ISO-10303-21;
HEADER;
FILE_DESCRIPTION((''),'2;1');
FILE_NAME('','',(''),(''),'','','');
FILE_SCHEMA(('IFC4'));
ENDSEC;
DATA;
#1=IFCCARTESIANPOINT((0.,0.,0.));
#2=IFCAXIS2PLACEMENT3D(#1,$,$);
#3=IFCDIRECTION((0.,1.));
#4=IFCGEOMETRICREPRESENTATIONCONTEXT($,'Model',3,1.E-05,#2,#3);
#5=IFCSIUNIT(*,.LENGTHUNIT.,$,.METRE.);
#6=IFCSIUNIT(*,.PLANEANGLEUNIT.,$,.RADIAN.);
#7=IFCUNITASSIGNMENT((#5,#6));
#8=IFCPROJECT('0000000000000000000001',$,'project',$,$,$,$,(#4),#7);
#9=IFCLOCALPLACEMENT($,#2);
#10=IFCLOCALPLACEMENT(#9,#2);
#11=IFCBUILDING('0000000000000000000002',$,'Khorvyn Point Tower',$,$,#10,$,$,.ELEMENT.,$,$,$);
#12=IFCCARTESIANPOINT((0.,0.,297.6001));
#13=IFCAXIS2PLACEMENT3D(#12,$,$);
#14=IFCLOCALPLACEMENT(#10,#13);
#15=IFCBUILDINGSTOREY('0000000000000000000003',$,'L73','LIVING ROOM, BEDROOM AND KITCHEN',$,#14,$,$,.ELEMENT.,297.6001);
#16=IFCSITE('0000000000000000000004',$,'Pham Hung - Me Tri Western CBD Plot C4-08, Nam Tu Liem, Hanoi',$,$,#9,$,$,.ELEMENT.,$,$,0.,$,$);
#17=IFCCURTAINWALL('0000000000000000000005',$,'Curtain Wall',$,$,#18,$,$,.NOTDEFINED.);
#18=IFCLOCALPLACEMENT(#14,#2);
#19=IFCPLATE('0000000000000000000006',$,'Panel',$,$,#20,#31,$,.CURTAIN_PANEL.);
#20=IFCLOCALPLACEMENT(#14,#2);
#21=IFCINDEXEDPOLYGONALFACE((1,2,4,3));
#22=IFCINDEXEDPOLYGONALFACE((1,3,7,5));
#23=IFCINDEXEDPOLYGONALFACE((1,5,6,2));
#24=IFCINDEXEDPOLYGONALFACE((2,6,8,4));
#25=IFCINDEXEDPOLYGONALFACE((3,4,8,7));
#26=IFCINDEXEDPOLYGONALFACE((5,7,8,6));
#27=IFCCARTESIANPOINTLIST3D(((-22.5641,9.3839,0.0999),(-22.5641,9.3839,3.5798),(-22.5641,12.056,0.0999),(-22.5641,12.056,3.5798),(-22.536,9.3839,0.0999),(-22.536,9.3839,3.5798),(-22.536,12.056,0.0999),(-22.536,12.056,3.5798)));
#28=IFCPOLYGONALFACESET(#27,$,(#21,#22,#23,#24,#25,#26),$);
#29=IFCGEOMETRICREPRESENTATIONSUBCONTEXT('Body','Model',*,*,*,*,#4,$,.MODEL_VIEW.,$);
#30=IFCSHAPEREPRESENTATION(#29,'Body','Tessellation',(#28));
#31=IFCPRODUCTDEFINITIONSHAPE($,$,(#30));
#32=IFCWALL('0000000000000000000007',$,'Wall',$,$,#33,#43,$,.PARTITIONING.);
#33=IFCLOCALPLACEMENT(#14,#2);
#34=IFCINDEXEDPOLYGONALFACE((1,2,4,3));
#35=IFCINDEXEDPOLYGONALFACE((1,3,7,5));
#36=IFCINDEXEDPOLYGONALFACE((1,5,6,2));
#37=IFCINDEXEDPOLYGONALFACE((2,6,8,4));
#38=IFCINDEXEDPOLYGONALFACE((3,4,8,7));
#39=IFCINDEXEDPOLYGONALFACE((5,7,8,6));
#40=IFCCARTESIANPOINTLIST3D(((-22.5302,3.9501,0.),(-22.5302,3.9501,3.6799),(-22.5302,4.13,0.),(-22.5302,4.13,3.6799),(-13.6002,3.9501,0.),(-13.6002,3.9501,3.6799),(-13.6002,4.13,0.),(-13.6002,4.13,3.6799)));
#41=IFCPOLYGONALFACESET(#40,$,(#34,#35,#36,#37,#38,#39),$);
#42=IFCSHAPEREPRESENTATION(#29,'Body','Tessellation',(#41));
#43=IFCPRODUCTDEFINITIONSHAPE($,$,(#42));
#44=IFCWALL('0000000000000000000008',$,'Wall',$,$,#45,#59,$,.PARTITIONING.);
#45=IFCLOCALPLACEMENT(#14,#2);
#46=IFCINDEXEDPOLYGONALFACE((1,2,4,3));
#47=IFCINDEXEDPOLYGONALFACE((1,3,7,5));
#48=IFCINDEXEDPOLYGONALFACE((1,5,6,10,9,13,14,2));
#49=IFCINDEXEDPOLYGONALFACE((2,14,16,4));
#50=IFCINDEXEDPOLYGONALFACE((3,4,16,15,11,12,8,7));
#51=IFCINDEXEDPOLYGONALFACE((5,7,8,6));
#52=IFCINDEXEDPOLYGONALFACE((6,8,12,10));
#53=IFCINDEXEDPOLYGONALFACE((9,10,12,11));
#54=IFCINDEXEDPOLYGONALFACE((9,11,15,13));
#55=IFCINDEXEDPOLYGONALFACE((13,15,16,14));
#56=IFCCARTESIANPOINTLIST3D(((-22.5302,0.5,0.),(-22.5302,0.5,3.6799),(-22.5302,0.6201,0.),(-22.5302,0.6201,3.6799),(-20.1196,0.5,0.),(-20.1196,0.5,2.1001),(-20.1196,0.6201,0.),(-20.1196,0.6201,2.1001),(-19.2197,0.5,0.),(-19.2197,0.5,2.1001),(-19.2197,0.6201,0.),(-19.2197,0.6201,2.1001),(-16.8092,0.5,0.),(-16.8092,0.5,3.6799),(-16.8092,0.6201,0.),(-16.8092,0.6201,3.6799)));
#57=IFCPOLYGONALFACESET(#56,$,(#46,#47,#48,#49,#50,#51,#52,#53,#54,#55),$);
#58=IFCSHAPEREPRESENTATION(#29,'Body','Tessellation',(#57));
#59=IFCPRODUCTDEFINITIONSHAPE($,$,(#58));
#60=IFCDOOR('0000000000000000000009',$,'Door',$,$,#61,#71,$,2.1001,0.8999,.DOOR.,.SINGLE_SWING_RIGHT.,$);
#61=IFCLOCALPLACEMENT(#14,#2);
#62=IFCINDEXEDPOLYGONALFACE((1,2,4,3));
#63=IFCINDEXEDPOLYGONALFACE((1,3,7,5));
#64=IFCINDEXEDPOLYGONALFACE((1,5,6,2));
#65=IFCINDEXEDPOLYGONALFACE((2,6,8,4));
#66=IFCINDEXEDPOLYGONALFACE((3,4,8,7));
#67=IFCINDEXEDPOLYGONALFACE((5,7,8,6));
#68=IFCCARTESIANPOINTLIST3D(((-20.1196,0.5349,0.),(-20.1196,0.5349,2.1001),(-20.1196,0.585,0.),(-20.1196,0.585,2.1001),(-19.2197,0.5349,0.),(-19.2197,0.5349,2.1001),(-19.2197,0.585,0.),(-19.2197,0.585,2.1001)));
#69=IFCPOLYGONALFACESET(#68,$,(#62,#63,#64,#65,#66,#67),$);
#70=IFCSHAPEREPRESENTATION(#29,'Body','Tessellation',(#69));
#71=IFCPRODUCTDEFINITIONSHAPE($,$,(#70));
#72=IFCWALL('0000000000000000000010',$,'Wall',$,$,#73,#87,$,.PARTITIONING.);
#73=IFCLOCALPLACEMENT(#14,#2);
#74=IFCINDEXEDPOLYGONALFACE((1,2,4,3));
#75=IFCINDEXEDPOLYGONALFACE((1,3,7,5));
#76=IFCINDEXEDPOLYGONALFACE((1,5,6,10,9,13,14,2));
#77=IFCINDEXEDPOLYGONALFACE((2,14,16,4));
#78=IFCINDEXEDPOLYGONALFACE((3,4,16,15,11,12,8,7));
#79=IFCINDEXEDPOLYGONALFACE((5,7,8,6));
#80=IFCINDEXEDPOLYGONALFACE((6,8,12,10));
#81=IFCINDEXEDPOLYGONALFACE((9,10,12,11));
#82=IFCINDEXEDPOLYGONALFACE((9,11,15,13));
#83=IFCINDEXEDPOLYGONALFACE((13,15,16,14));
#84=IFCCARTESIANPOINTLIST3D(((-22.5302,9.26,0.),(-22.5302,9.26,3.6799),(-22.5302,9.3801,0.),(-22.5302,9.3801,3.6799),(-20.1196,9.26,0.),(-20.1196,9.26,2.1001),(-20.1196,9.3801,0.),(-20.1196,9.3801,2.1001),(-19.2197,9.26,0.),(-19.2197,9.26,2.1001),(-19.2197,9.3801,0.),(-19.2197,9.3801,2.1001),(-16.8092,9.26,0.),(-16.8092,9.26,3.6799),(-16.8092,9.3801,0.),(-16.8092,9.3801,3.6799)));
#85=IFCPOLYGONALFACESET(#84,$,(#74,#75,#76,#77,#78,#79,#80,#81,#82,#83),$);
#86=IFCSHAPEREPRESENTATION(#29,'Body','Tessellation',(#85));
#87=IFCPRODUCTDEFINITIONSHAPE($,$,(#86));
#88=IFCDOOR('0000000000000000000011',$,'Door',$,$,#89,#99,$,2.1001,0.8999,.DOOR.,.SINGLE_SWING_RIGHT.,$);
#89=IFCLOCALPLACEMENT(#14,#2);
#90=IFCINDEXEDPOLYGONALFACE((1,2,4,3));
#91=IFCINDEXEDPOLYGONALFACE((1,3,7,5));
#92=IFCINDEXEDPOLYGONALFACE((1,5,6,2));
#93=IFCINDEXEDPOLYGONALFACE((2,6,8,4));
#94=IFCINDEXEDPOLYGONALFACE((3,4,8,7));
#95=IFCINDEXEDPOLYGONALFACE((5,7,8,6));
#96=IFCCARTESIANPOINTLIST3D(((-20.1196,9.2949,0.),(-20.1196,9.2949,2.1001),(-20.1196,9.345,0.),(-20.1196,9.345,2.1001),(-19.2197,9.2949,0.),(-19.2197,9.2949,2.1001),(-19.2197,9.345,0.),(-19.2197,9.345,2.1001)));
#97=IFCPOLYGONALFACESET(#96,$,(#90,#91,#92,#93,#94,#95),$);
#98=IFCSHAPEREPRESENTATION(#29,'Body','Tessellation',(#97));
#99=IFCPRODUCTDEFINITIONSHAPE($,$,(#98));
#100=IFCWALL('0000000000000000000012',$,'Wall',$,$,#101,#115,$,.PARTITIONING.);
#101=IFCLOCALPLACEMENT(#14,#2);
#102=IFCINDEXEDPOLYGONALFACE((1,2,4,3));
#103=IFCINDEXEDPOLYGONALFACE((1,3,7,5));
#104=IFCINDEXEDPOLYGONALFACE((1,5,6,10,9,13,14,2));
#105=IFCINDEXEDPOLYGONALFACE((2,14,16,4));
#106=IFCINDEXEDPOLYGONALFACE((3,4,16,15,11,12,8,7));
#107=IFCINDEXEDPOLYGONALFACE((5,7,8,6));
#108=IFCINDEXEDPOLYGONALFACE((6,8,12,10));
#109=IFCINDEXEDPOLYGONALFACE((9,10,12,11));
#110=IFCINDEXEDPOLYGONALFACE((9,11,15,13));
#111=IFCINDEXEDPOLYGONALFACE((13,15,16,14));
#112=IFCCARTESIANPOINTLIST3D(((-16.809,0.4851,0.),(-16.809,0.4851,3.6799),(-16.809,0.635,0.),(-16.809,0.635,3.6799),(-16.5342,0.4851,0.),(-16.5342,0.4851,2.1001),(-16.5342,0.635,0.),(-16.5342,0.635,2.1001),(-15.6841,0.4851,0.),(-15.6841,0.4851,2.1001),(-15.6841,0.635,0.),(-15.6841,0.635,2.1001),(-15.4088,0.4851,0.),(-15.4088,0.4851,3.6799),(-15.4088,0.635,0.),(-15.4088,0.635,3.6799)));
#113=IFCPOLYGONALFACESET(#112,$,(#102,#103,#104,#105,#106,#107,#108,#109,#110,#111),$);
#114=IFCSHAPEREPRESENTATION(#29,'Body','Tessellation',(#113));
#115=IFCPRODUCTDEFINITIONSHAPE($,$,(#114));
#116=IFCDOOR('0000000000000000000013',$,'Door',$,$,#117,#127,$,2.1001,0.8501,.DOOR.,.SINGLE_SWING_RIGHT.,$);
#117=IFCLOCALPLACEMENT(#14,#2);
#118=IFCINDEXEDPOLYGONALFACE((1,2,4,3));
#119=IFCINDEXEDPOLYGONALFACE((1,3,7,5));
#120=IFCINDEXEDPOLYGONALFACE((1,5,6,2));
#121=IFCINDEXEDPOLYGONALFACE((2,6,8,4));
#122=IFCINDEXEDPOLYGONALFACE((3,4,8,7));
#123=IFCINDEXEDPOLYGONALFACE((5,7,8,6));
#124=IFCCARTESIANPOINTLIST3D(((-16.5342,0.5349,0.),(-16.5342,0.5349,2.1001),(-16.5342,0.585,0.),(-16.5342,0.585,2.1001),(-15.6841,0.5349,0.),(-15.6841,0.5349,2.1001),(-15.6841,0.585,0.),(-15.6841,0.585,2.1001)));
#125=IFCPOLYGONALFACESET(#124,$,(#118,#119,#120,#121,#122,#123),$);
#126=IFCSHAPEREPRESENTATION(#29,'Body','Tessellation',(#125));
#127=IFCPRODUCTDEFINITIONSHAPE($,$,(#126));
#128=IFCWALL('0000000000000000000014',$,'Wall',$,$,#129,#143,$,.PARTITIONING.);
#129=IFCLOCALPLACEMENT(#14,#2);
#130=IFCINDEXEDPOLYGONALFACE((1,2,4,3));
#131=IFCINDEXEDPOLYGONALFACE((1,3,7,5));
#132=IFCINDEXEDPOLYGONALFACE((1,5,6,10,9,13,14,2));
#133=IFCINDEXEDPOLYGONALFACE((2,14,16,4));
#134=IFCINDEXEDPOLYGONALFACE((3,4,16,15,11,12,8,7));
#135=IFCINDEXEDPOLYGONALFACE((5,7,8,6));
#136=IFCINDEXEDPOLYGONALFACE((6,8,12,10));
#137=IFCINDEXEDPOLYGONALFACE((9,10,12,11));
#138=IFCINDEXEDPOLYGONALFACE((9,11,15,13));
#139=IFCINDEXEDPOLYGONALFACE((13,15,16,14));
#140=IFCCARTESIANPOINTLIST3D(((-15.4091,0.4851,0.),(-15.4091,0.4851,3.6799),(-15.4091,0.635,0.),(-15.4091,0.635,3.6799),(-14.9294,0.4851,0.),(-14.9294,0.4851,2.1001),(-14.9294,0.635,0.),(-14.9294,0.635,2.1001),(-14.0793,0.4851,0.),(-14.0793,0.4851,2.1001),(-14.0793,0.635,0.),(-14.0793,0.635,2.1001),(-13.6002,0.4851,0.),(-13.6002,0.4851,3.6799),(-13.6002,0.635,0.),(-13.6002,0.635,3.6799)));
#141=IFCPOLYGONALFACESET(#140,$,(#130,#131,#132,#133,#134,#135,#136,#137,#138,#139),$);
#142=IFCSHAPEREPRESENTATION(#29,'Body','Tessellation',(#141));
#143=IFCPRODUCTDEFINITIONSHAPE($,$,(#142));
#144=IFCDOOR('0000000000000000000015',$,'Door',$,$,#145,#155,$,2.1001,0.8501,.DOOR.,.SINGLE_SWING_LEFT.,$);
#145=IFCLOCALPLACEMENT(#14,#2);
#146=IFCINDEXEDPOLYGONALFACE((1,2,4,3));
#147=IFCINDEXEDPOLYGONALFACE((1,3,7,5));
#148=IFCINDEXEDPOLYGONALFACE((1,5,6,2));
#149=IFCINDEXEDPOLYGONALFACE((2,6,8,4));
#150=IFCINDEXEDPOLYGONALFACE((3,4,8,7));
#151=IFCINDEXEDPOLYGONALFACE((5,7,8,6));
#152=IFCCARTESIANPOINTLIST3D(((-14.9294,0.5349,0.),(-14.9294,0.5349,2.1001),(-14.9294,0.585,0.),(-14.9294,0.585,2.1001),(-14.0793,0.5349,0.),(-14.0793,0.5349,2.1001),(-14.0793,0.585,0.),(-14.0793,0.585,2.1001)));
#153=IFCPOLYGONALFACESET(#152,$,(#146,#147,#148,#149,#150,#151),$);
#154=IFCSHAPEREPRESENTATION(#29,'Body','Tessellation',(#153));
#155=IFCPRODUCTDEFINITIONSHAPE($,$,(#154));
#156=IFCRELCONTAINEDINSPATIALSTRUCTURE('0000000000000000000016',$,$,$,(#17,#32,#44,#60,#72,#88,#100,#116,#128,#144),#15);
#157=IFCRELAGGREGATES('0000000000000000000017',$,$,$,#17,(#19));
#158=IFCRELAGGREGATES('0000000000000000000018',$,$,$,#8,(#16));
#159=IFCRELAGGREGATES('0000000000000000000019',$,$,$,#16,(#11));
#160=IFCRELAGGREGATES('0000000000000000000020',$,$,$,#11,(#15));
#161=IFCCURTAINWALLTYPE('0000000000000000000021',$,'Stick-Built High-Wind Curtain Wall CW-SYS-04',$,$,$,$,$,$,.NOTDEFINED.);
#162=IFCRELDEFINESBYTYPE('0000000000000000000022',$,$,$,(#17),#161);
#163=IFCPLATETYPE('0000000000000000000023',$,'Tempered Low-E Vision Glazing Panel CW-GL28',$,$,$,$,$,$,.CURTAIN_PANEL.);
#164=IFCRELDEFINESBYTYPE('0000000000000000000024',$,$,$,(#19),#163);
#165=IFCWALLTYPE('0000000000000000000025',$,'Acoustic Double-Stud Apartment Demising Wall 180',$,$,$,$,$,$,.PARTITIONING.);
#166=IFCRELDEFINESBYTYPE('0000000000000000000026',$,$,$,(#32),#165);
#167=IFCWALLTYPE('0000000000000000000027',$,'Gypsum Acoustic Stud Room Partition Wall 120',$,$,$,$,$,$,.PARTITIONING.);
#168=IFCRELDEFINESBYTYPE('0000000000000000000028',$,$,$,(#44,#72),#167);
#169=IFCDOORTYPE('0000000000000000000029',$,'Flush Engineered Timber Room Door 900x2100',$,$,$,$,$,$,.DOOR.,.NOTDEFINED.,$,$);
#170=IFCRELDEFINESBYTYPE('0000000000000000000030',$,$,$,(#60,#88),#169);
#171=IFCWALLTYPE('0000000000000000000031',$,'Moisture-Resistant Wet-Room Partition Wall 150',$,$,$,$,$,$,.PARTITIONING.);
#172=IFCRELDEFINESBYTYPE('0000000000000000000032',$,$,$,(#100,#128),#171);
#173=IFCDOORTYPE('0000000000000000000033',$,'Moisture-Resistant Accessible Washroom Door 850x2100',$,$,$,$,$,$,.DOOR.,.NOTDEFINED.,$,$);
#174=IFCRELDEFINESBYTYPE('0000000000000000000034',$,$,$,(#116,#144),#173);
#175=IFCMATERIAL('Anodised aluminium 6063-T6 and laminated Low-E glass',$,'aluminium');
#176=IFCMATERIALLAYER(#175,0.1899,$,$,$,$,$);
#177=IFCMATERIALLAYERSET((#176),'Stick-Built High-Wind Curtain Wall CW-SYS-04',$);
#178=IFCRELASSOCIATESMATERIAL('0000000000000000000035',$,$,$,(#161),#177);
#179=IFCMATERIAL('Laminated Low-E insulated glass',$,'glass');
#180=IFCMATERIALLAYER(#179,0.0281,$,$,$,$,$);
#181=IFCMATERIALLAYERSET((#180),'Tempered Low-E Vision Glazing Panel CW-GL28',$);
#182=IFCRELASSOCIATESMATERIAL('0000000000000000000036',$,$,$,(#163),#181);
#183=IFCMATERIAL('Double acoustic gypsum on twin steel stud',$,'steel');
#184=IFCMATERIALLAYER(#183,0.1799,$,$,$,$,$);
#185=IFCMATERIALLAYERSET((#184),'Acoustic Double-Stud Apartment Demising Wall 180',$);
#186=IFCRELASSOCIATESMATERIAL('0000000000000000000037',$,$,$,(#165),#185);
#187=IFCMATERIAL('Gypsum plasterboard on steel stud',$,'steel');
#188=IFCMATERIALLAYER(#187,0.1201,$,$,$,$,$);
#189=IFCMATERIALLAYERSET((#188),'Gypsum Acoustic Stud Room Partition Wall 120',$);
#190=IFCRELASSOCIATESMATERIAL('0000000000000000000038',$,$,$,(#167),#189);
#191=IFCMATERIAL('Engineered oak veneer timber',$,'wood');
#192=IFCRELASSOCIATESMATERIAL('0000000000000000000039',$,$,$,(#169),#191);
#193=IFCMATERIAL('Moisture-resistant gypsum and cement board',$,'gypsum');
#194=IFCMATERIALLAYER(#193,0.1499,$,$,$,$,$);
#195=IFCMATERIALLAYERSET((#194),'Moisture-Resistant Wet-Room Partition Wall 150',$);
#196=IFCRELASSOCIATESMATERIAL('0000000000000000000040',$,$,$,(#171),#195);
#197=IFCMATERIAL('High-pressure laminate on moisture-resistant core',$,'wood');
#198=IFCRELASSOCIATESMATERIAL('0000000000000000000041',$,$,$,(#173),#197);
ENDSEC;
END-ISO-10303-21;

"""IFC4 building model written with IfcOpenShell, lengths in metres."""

from ifc_helpers import new_model, si_unit, direction, frame, frame_2d, origin, origin_2d, place, context, subcontext, project, spatial, rectangle, extrude, material, layer, layer_set, type_object, element, fill, aggregate, save


model = new_model("IFC4")

# Units and contexts
model_context = context("Model", 3, precision=1e-05, world=origin(), true_north=direction((0.0, 1.0)))
body_context = subcontext(model_context, "Body", "Model", "MODEL_VIEW")
ifc_project = project(units=[si_unit("LENGTHUNIT", "METRE"), si_unit("PLANEANGLEUNIT", "RADIAN")], contexts=[model_context])

# Site, building, storey
site_placement = place(None, origin())
site = spatial("IfcSite", under=ifc_project, at=site_placement, Name="Pham Hung - Me Tri Western CBD Plot C4-08, Nam Tu Liem, Hanoi", CompositionType="ELEMENT", RefElevation=0.0)
building_placement = place(site_placement, origin())
building = spatial("IfcBuilding", under=site, at=building_placement, Name="Khorvyn Point Tower", CompositionType="ELEMENT")
storey_placement = place(building_placement, frame((0.0, 0.0, 297.6001)))
storey = spatial("IfcBuildingStorey", under=building, at=storey_placement, Name="L73", Description="LIVING ROOM, BEDROOM AND KITCHEN", CompositionType="ELEMENT", Elevation=297.6001)

# Curtain wall
ifc_material_1 = material(Name="Anodised aluminium 6063-T6 and laminated Low-E glass", Category="aluminium")
ifc_layer_1 = layer(ifc_material_1, 0.1899)
ifc_layer_set_1 = layer_set([ifc_layer_1], Name="Stick-Built High-Wind Curtain Wall CW-SYS-04")
curtain_wall_type = type_object("IfcCurtainWallType", Name="Stick-Built High-Wind Curtain Wall CW-SYS-04", PredefinedType="NOTDEFINED", material=ifc_layer_set_1)
curtain_wall_placement = place(storey_placement, origin())
curtain_wall = element("IfcCurtainWall", 1, at=curtain_wall_placement, inside=storey, type_object=curtain_wall_type, Name="Curtain Wall", PredefinedType="NOTDEFINED")

# Plate
ifc_material_2 = material(Name="Laminated Low-E insulated glass", Category="glass")
ifc_layer_2 = layer(ifc_material_2, 0.0281)
ifc_layer_set_2 = layer_set([ifc_layer_2], Name="Tempered Low-E Vision Glazing Panel CW-GL28")
plate_type = type_object("IfcPlateType", Name="Tempered Low-E Vision Glazing Panel CW-GL28", PredefinedType="CURTAIN_PANEL", material=ifc_layer_set_2)
plate_1_placement = place(storey_placement, frame((-22.55, 10.72, 0.0999), z_axis=(0.0, 0.0, 1.0), x_axis=(0.0, 1.0, 0.0)))
plate_1 = element("IfcPlate", 2, at=plate_1_placement, type_object=plate_type, Name="Panel", PredefinedType="CURTAIN_PANEL", context=body_context, shape_type="SweptSolid", body=[
    extrude(rectangle(XDim=2.6721, YDim=0.0281, at=origin_2d()), origin(), (0.0, 0.0, 1.0), 3.48),
])
aggregate(curtain_wall, [plate_1])

# Wall
ifc_material_3 = material(Name="Double acoustic gypsum on twin steel stud", Category="steel")
ifc_layer_3 = layer(ifc_material_3, 0.1799)
ifc_layer_set_3 = layer_set([ifc_layer_3], Name="Acoustic Double-Stud Apartment Demising Wall 180")
wall_type_1 = type_object("IfcWallType", Name="Acoustic Double-Stud Apartment Demising Wall 180", PredefinedType="PARTITIONING", material=ifc_layer_set_3)
wall_1_placement = place(storey_placement, frame((-22.53, 4.04, 0.0), z_axis=(0.0, 0.0, 1.0), x_axis=(1.0, 0.0, 0.0)))
element("IfcWall", 3, at=wall_1_placement, inside=storey, type_object=wall_type_1, Name="Wall", PredefinedType="PARTITIONING", context=body_context, shape_type="SweptSolid", body=[
    extrude(rectangle(XDim=8.9299, YDim=0.1799, at=frame_2d((4.4648, 0.0))), origin(), (0.0, 0.0, 1.0), 3.6799),
])

# Walls, openings, doors
ifc_material_4 = material(Name="Gypsum plasterboard on steel stud", Category="steel")
ifc_layer_4 = layer(ifc_material_4, 0.1201)
ifc_layer_set_4 = layer_set([ifc_layer_4], Name="Gypsum Acoustic Stud Room Partition Wall 120")
wall_type_2 = type_object("IfcWallType", Name="Gypsum Acoustic Stud Room Partition Wall 120", PredefinedType="PARTITIONING", material=ifc_layer_set_4)
wall_2_placement = place(storey_placement, frame((-22.53, 0.5601, 0.0), z_axis=(0.0, 0.0, 1.0), x_axis=(1.0, 0.0, 0.0)))
wall_2 = element("IfcWall", 4, at=wall_2_placement, inside=storey, type_object=wall_type_2, Name="Wall", PredefinedType="PARTITIONING", context=body_context, shape_type="SweptSolid", body=[
    extrude(rectangle(XDim=5.7209, YDim=0.1201, at=frame_2d((2.8604, 0.0))), origin(), (0.0, 0.0, 1.0), 3.6799),
])
opening_1_placement = place(wall_2_placement, frame((2.4104, 0.0, 0.0)))
opening_1 = element("IfcOpeningElement", 5, at=opening_1_placement, cuts=wall_2, PredefinedType="OPENING", context=body_context, shape_type="SweptSolid", body=[
    extrude(rectangle(XDim=0.8999, YDim=2.1001, at=frame_2d((0.45, 1.05))), frame((0.0, 0.0701, 0.0), z_axis=(0.0, -1.0, 0.0), x_axis=(1.0, 0.0, 0.0)), (0.0, 0.0, 1.0), 0.1401),
])
ifc_material_5 = material(Name="Engineered oak veneer timber", Category="wood")
door_type_1 = type_object("IfcDoorType", Name="Flush Engineered Timber Room Door 900x2100", OperationType="NOTDEFINED", PredefinedType="DOOR", material=ifc_material_5)
door_1_placement = place(opening_1_placement, origin())
door_1 = element("IfcDoor", 6, at=door_1_placement, inside=storey, type_object=door_type_1, Name="Door", OperationType="SINGLE_SWING_RIGHT", OverallHeight=2.1001, OverallWidth=0.8999, PredefinedType="DOOR", context=body_context, shape_type="SweptSolid", body=[
    extrude(rectangle(XDim=0.8999, YDim=2.1001, at=frame_2d((0.45, 1.05))), frame((0.0, 0.0249, 0.0), z_axis=(0.0, -1.0, 0.0), x_axis=(1.0, 0.0, 0.0)), (0.0, 0.0, 1.0), 0.05),
])
fill(opening_1, door_1)
wall_3_placement = place(storey_placement, frame((-22.53, 9.3201, 0.0), z_axis=(0.0, 0.0, 1.0), x_axis=(1.0, 0.0, 0.0)))
wall_3 = element("IfcWall", 7, at=wall_3_placement, inside=storey, type_object=wall_type_2, Name="Wall", PredefinedType="PARTITIONING", context=body_context, shape_type="SweptSolid", body=[
    extrude(rectangle(XDim=5.7209, YDim=0.1201, at=frame_2d((2.8604, 0.0))), origin(), (0.0, 0.0, 1.0), 3.6799),
])
opening_2_placement = place(wall_3_placement, frame((2.4104, 0.0, 0.0)))
opening_2 = element("IfcOpeningElement", 8, at=opening_2_placement, cuts=wall_3, PredefinedType="OPENING", context=body_context, shape_type="SweptSolid", body=[
    extrude(rectangle(XDim=0.8999, YDim=2.1001, at=frame_2d((0.45, 1.05))), frame((0.0, 0.0701, 0.0), z_axis=(0.0, -1.0, 0.0), x_axis=(1.0, 0.0, 0.0)), (0.0, 0.0, 1.0), 0.1401),
])
door_2_placement = place(opening_2_placement, origin())
door_2 = element("IfcDoor", 9, at=door_2_placement, inside=storey, type_object=door_type_1, Name="Door", OperationType="SINGLE_SWING_RIGHT", OverallHeight=2.1001, OverallWidth=0.8999, PredefinedType="DOOR", context=body_context, shape_type="SweptSolid", body=[
    extrude(rectangle(XDim=0.8999, YDim=2.1001, at=frame_2d((0.45, 1.05))), frame((0.0, 0.0249, 0.0), z_axis=(0.0, -1.0, 0.0), x_axis=(1.0, 0.0, 0.0)), (0.0, 0.0, 1.0), 0.05),
])
fill(opening_2, door_2)
ifc_material_6 = material(Name="Moisture-resistant gypsum and cement board", Category="gypsum")
ifc_layer_5 = layer(ifc_material_6, 0.1499)
ifc_layer_set_5 = layer_set([ifc_layer_5], Name="Moisture-Resistant Wet-Room Partition Wall 150")
wall_type_3 = type_object("IfcWallType", Name="Moisture-Resistant Wet-Room Partition Wall 150", PredefinedType="PARTITIONING", material=ifc_layer_set_5)
wall_4_placement = place(storey_placement, frame((-16.8091, 0.5601, 0.0), z_axis=(0.0, 0.0, 1.0), x_axis=(1.0, 0.0, 0.0)))
wall_4 = element("IfcWall", 10, at=wall_4_placement, inside=storey, type_object=wall_type_3, Name="Wall", PredefinedType="PARTITIONING", context=body_context, shape_type="SweptSolid", body=[
    extrude(rectangle(XDim=1.4001, YDim=0.1499, at=frame_2d((0.7002, 0.0))), origin(), (0.0, 0.0, 1.0), 3.6799),
])
opening_3_placement = place(wall_4_placement, frame((0.2749, 0.0, 0.0)))
opening_3 = element("IfcOpeningElement", 11, at=opening_3_placement, cuts=wall_4, PredefinedType="OPENING", context=body_context, shape_type="SweptSolid", body=[
    extrude(rectangle(XDim=0.8501, YDim=2.1001, at=frame_2d((0.425, 1.05))), frame((0.0, 0.085, 0.0), z_axis=(0.0, -1.0, 0.0), x_axis=(1.0, 0.0, 0.0)), (0.0, 0.0, 1.0), 0.1699),
])
ifc_material_7 = material(Name="High-pressure laminate on moisture-resistant core", Category="wood")
door_type_2 = type_object("IfcDoorType", Name="Moisture-Resistant Accessible Washroom Door 850x2100", OperationType="NOTDEFINED", PredefinedType="DOOR", material=ifc_material_7)
door_3_placement = place(opening_3_placement, origin())
door_3 = element("IfcDoor", 12, at=door_3_placement, inside=storey, type_object=door_type_2, Name="Door", OperationType="SINGLE_SWING_RIGHT", OverallHeight=2.1001, OverallWidth=0.8501, PredefinedType="DOOR", context=body_context, shape_type="SweptSolid", body=[
    extrude(rectangle(XDim=0.8501, YDim=2.1001, at=frame_2d((0.425, 1.05))), frame((0.0, 0.0249, 0.0), z_axis=(0.0, -1.0, 0.0), x_axis=(1.0, 0.0, 0.0)), (0.0, 0.0, 1.0), 0.05),
])
fill(opening_3, door_3)
wall_5_placement = place(storey_placement, frame((-15.4089, 0.5601, 0.0), z_axis=(0.0, 0.0, 1.0), x_axis=(1.0, 0.0, 0.0)))
wall_5 = element("IfcWall", 13, at=wall_5_placement, inside=storey, type_object=wall_type_3, Name="Wall", PredefinedType="PARTITIONING", context=body_context, shape_type="SweptSolid", body=[
    extrude(rectangle(XDim=1.8088, YDim=0.1499, at=frame_2d((0.9043, 0.0))), origin(), (0.0, 0.0, 1.0), 3.6799),
])
opening_4_placement = place(wall_5_placement, frame((0.4795, 0.0, 0.0)))
opening_4 = element("IfcOpeningElement", 14, at=opening_4_placement, cuts=wall_5, PredefinedType="OPENING", context=body_context, shape_type="SweptSolid", body=[
    extrude(rectangle(XDim=0.8501, YDim=2.1001, at=frame_2d((0.425, 1.05))), frame((0.0, 0.085, 0.0), z_axis=(0.0, -1.0, 0.0), x_axis=(1.0, 0.0, 0.0)), (0.0, 0.0, 1.0), 0.1699),
])
door_4_placement = place(opening_4_placement, origin())
door_4 = element("IfcDoor", 15, at=door_4_placement, inside=storey, type_object=door_type_2, Name="Door", OperationType="SINGLE_SWING_LEFT", OverallHeight=2.1001, OverallWidth=0.8501, PredefinedType="DOOR", context=body_context, shape_type="SweptSolid", body=[
    extrude(rectangle(XDim=0.8501, YDim=2.1001, at=frame_2d((0.425, 1.05))), frame((0.0, 0.0249, 0.0), z_axis=(0.0, -1.0, 0.0), x_axis=(1.0, 0.0, 0.0)), (0.0, 0.0, 1.0), 0.05),
])
fill(opening_4, door_4)

save(model, "model.ifc")
